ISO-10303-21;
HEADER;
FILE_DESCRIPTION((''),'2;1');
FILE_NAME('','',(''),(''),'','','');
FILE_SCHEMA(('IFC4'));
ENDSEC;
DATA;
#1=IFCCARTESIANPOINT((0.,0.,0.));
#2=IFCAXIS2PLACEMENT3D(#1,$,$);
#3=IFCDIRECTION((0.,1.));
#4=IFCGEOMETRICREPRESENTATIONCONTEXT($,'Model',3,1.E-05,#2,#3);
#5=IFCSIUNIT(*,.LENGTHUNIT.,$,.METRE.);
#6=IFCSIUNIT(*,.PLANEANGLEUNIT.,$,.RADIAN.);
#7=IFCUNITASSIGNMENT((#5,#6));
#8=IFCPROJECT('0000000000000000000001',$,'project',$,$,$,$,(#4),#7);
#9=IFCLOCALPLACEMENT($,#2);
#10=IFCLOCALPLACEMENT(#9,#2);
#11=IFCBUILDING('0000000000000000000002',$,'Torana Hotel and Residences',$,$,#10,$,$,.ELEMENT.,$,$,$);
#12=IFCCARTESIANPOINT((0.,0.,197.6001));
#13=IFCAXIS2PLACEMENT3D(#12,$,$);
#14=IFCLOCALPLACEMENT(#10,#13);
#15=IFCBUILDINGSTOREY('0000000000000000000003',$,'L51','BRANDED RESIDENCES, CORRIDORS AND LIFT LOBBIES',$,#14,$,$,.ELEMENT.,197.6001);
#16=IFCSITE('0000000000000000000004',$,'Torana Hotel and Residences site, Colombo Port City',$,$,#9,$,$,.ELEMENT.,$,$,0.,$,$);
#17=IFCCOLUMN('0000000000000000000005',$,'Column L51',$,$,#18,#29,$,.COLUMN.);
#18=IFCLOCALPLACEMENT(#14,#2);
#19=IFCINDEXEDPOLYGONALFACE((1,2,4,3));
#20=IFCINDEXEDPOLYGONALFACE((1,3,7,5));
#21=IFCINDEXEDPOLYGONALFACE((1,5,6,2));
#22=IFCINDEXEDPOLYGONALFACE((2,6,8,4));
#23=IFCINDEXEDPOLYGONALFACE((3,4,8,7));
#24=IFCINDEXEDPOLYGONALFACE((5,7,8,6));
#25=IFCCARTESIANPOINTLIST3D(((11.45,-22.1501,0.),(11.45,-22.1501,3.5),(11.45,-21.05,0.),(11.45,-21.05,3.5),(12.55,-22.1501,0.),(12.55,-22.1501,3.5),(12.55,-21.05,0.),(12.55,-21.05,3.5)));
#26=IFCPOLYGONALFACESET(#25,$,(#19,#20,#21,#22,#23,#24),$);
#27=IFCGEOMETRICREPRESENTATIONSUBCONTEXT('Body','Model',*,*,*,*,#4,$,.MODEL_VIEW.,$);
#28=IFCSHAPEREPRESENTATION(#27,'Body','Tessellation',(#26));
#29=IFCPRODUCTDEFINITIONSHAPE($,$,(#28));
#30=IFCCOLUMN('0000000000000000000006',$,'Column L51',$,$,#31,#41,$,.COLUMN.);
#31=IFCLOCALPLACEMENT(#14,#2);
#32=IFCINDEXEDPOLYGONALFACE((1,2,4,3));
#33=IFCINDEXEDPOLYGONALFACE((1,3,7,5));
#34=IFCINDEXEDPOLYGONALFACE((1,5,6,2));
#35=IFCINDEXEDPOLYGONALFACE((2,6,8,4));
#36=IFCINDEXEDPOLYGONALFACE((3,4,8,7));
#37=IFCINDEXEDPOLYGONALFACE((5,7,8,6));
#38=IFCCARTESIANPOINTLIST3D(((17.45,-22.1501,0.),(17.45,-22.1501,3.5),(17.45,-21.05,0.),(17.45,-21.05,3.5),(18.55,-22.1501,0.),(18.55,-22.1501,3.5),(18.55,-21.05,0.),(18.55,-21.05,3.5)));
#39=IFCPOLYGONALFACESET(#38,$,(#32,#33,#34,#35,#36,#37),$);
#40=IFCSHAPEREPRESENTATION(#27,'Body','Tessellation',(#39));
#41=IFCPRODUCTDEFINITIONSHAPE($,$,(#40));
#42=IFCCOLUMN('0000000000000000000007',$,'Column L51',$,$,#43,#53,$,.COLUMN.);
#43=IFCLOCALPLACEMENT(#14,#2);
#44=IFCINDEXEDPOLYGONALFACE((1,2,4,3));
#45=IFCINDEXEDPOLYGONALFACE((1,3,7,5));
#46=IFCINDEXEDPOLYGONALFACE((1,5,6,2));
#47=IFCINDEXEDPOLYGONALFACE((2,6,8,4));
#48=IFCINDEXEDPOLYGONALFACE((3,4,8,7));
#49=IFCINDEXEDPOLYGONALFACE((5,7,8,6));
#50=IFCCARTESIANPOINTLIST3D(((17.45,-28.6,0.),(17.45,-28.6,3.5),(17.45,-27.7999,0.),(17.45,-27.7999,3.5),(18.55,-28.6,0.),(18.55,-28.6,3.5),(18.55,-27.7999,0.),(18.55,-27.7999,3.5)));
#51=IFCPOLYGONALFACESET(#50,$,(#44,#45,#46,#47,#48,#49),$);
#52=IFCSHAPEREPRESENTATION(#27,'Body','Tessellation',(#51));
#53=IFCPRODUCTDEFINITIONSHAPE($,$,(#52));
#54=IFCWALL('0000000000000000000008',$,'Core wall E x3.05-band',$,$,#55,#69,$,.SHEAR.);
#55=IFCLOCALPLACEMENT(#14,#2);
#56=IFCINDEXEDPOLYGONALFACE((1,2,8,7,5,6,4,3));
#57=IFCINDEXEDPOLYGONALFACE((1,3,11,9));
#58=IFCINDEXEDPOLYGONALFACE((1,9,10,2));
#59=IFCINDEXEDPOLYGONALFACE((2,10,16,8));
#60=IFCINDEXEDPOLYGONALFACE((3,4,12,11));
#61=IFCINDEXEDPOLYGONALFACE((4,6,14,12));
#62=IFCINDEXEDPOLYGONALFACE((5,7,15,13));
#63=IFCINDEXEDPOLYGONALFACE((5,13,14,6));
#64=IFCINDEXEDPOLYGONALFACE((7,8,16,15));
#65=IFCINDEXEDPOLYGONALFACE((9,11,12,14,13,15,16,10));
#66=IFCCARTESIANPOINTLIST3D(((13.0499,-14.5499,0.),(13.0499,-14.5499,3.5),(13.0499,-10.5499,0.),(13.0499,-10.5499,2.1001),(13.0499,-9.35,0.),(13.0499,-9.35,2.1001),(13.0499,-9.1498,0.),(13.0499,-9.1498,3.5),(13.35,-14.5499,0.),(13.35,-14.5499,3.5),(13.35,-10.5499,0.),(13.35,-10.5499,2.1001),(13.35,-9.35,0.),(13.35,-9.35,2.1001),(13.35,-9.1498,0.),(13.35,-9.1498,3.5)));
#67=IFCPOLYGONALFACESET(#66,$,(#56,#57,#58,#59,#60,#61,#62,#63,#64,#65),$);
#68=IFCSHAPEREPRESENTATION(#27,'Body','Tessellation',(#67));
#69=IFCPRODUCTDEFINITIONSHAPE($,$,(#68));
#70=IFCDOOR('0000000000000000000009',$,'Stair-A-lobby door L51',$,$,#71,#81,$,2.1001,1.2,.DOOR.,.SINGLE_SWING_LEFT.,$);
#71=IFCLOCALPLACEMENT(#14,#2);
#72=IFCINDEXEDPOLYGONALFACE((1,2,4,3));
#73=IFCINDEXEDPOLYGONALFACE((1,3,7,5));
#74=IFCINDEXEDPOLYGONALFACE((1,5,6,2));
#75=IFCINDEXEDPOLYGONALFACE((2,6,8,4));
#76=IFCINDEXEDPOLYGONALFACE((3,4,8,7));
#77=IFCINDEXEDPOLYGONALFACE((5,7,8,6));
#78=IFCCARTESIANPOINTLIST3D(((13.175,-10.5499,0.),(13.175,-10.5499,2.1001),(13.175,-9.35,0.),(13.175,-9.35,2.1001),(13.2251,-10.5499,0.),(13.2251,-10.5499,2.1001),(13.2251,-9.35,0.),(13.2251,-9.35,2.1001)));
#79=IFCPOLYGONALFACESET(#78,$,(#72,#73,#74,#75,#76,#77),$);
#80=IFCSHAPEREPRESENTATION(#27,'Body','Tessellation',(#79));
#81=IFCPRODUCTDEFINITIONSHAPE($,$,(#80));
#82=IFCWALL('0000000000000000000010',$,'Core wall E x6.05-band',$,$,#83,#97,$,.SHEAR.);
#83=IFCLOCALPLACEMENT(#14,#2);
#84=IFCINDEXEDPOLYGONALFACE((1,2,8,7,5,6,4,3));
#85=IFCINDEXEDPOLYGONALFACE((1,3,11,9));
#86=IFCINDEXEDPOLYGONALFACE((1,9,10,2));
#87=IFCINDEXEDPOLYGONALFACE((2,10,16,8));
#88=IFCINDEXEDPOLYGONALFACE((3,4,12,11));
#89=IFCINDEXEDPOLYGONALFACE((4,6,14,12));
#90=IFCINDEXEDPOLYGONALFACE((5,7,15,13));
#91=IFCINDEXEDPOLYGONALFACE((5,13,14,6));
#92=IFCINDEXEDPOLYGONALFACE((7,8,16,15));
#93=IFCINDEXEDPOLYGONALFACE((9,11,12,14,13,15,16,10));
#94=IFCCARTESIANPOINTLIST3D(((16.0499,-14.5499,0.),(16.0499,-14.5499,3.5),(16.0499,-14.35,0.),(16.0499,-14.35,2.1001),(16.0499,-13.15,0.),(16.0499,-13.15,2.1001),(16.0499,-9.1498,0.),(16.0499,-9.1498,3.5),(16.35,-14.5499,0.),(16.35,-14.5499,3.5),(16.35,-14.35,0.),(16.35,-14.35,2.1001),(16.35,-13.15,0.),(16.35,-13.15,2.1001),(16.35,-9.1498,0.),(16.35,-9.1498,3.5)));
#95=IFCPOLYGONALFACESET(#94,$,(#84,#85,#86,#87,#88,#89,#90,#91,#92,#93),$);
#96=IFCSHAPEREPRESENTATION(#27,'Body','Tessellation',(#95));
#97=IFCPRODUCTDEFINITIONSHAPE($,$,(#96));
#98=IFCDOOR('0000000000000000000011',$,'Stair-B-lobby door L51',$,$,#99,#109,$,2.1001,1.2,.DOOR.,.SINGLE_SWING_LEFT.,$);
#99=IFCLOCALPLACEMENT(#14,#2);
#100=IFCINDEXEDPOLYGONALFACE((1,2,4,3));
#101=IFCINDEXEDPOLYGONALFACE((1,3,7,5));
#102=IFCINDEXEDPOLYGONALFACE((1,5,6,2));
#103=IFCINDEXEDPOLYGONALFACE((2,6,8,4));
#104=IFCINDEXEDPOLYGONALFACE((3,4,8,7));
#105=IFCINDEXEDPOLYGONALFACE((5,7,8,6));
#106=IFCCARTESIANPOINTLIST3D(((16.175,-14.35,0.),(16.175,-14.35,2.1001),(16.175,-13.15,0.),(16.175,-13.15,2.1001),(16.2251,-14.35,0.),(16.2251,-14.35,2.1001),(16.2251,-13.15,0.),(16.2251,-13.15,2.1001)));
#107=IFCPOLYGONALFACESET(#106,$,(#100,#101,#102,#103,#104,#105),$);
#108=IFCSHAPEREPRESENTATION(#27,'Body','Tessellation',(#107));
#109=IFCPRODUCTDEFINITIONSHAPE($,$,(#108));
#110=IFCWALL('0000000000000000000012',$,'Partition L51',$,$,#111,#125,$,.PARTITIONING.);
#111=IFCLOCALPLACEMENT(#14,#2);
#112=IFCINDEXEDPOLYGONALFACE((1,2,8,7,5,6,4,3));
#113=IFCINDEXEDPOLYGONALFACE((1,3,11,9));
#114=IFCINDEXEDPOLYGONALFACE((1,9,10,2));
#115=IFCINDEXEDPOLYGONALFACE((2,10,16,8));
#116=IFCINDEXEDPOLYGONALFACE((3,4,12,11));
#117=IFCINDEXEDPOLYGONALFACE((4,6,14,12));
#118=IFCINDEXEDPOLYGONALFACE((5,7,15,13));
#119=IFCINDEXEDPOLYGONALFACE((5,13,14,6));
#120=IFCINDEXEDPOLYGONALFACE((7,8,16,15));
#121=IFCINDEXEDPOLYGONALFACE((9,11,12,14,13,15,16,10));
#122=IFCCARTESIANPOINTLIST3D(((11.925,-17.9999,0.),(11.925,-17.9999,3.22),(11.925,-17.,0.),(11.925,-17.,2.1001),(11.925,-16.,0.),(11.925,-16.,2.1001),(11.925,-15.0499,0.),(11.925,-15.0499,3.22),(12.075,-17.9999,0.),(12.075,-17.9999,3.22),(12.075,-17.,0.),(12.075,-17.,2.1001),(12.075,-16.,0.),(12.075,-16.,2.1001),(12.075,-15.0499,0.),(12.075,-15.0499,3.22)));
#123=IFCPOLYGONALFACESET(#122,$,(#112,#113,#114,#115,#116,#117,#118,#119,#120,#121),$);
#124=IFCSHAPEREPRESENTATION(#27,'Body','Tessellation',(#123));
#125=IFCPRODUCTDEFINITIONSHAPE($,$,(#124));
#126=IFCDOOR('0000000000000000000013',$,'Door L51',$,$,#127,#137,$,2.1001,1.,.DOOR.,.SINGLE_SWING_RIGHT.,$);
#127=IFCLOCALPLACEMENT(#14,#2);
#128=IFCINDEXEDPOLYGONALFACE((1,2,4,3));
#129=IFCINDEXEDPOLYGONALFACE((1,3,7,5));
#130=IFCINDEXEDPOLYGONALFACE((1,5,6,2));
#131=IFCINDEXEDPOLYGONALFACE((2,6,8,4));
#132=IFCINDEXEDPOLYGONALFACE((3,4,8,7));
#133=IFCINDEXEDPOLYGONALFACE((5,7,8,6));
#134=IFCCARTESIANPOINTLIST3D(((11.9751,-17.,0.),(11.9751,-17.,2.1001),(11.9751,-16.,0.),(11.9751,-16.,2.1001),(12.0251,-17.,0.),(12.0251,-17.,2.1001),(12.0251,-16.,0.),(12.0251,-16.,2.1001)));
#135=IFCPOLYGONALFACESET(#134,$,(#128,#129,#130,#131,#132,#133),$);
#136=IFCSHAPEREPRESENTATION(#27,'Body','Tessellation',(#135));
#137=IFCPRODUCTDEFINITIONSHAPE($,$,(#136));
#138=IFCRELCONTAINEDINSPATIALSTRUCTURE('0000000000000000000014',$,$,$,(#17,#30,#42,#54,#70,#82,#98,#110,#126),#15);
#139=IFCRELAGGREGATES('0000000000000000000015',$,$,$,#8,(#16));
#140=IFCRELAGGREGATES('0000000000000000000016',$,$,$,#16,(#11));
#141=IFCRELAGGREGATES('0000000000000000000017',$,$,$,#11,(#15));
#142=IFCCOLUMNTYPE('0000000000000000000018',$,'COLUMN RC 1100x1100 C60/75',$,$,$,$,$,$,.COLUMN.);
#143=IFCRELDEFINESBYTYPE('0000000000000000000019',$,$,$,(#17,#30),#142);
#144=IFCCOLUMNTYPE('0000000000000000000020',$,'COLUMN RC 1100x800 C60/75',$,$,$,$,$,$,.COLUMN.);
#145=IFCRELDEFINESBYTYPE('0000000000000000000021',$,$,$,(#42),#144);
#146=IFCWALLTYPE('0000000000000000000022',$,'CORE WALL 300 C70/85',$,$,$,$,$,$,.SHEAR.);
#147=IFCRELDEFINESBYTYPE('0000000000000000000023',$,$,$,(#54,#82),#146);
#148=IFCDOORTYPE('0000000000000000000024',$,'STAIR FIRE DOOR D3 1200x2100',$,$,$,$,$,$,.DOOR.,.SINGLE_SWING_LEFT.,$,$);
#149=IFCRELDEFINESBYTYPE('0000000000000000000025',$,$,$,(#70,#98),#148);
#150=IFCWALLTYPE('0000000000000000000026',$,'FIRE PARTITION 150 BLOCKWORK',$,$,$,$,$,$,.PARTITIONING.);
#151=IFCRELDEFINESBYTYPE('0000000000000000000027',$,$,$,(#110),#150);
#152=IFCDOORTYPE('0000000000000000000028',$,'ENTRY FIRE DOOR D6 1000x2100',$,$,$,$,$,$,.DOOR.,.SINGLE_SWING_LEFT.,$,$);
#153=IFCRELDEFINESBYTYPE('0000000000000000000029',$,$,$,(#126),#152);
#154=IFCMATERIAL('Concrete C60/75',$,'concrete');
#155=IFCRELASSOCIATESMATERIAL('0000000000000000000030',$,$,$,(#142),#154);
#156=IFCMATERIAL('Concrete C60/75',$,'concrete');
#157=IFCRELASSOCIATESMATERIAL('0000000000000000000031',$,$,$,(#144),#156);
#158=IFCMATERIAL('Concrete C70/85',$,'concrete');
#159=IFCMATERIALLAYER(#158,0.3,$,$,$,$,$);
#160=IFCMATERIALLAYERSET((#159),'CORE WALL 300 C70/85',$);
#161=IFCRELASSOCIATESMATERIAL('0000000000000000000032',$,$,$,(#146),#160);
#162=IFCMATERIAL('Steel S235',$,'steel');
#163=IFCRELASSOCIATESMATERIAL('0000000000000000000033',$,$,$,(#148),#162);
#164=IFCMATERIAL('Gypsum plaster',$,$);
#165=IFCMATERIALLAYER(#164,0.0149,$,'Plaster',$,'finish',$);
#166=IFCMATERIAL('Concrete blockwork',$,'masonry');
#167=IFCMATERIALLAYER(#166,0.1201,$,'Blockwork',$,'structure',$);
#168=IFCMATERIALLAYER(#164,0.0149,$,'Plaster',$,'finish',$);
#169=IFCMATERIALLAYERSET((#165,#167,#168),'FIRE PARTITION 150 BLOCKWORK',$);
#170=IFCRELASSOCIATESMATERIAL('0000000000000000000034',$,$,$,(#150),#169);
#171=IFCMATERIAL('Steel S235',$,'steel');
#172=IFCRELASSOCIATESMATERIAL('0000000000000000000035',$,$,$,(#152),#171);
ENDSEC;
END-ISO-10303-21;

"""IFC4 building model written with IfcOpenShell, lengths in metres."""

from ifc_helpers import new_model, si_unit, direction, frame, frame_2d, origin, origin_2d, place, context, subcontext, project, spatial, rectangle, extrude, material, layer, layer_set, material_profile, profile_set, type_object, element, fill, save


model = new_model("IFC4")

# Units and contexts
model_context = context("Model", 3, precision=1e-05, world=origin(), true_north=direction((0.0, 1.0)))
body_context = subcontext(model_context, "Body", "Model", "MODEL_VIEW")
ifc_project = project(units=[si_unit("LENGTHUNIT", "METRE"), si_unit("PLANEANGLEUNIT", "RADIAN")], contexts=[model_context])

# Site, building, storey
site_placement = place(None, origin())
site = spatial("IfcSite", under=ifc_project, at=site_placement, Name="Torana Hotel and Residences site, Colombo Port City", CompositionType="ELEMENT", RefElevation=0.0)
building_placement = place(site_placement, origin())
building = spatial("IfcBuilding", under=site, at=building_placement, Name="Torana Hotel and Residences", CompositionType="ELEMENT")
storey_placement = place(building_placement, frame((0.0, 0.0, 197.6001)))
storey = spatial("IfcBuildingStorey", under=building, at=storey_placement, Name="L51", Description="BRANDED RESIDENCES, CORRIDORS AND LIFT LOBBIES", CompositionType="ELEMENT", Elevation=197.6001)

# Columns
ifc_material_1 = material(Name="Concrete C60/75", Category="concrete")
ifc_material_profile_1 = material_profile(ifc_material_1, rectangle(XDim=1.1001, YDim=1.1001, at=origin_2d()), Name="RC 1100x1100")
ifc_profile_set_1 = profile_set([ifc_material_profile_1], Name="Concrete C60/75")
column_type_1 = type_object("IfcColumnType", Name="COLUMN RC 1100x1100 C60/75", PredefinedType="COLUMN", material=ifc_profile_set_1)
for number, where, z_axis, x_axis, name in (
    (1, (12.0, -21.6001, 0.0), (0.0, 0.0, 1.0), (1.0, 0.0, 0.0), "Column L51"),
    (2, (18.0, -21.6001, 0.0), (0.0, 0.0, 1.0), (1.0, 0.0, 0.0), "Column L51"),
):
    element("IfcColumn", number, at=place(storey_placement, frame(where, z_axis=z_axis, x_axis=x_axis)), inside=storey, type_object=column_type_1, Name=name, PredefinedType="COLUMN", context=body_context, shape_type="SweptSolid", body=[
        extrude(rectangle(XDim=1.1001, YDim=1.1001, at=origin_2d()), origin(), (0.0, 0.0, 1.0), 3.5),
    ])
ifc_material_2 = material(Name="Concrete C60/75", Category="concrete")
ifc_material_profile_2 = material_profile(ifc_material_2, rectangle(XDim=1.1001, YDim=0.8, at=origin_2d()), Name="RC 1100x800")
ifc_profile_set_2 = profile_set([ifc_material_profile_2], Name="Concrete C60/75")
column_type_2 = type_object("IfcColumnType", Name="COLUMN RC 1100x800 C60/75", PredefinedType="COLUMN", material=ifc_profile_set_2)
column_placement = place(storey_placement, frame((18.0, -28.2, 0.0), z_axis=(0.0, 0.0, 1.0), x_axis=(1.0, 0.0, 0.0)))
element("IfcColumn", 3, at=column_placement, inside=storey, type_object=column_type_2, Name="Column L51", PredefinedType="COLUMN", context=body_context, shape_type="SweptSolid", body=[
    extrude(rectangle(XDim=1.1001, YDim=0.8, at=origin_2d()), origin(), (0.0, 0.0, 1.0), 3.5),
])

# Walls, openings, doors
ifc_material_3 = material(Name="Concrete C70/85", Category="concrete")
ifc_layer_1 = layer(ifc_material_3, 0.3)
ifc_layer_set_1 = layer_set([ifc_layer_1], Name="CORE WALL 300 C70/85")
wall_type_1 = type_object("IfcWallType", Name="CORE WALL 300 C70/85", PredefinedType="SHEAR", material=ifc_layer_set_1)
wall_1_placement = place(storey_placement, frame((13.2, -14.55, 0.0), z_axis=(0.0, 0.0, 1.0), x_axis=(0.0, 1.0, 0.0)))
wall_1 = element("IfcWall", 4, at=wall_1_placement, inside=storey, type_object=wall_type_1, Name="Core wall E x3.05-band", PredefinedType="SHEAR", context=body_context, shape_type="SweptSolid", body=[
    extrude(rectangle(XDim=5.4001, YDim=0.3, at=frame_2d((2.7002, 0.0))), origin(), (0.0, 0.0, 1.0), 3.5),
])
opening_1_placement = place(wall_1_placement, frame((4.0, 0.0, 0.0)))
opening_1 = element("IfcOpeningElement", 5, at=opening_1_placement, cuts=wall_1, PredefinedType="OPENING", context=body_context, shape_type="SweptSolid", body=[
    extrude(rectangle(XDim=1.2, YDim=2.1001, at=frame_2d((0.6001, 1.05))), frame((0.0, 0.1599, 0.0), z_axis=(0.0, -1.0, 0.0), x_axis=(1.0, 0.0, 0.0)), (0.0, 0.0, 1.0), 0.3201),
])
ifc_material_4 = material(Name="Steel S235", Category="steel")
door_type_1 = type_object("IfcDoorType", Name="STAIR FIRE DOOR D3 1200x2100", OperationType="SINGLE_SWING_LEFT", PredefinedType="DOOR", material=ifc_material_4)
door_1_placement = place(opening_1_placement, origin())
door_1 = element("IfcDoor", 6, at=door_1_placement, inside=storey, type_object=door_type_1, Name="Stair-A-lobby door L51", OperationType="SINGLE_SWING_LEFT", OverallHeight=2.1001, OverallWidth=1.2, PredefinedType="DOOR", context=body_context, shape_type="SweptSolid", body=[
    extrude(rectangle(XDim=1.2, YDim=2.1001, at=frame_2d((0.6001, 1.05))), frame((0.0, 0.0249, 0.0), z_axis=(0.0, -1.0, 0.0), x_axis=(1.0, 0.0, 0.0)), (0.0, 0.0, 1.0), 0.05),
])
fill(opening_1, door_1)
wall_2_placement = place(storey_placement, frame((16.2, -14.55, 0.0), z_axis=(0.0, 0.0, 1.0), x_axis=(0.0, 1.0, 0.0)))
wall_2 = element("IfcWall", 7, at=wall_2_placement, inside=storey, type_object=wall_type_1, Name="Core wall E x6.05-band", PredefinedType="SHEAR", context=body_context, shape_type="SweptSolid", body=[
    extrude(rectangle(XDim=5.4001, YDim=0.3, at=frame_2d((2.7002, 0.0))), origin(), (0.0, 0.0, 1.0), 3.5),
])
opening_2_placement = place(wall_2_placement, frame((0.2, 0.0, 0.0)))
opening_2 = element("IfcOpeningElement", 8, at=opening_2_placement, cuts=wall_2, PredefinedType="OPENING", context=body_context, shape_type="SweptSolid", body=[
    extrude(rectangle(XDim=1.2, YDim=2.1001, at=frame_2d((0.6001, 1.05))), frame((0.0, 0.1599, 0.0), z_axis=(0.0, -1.0, 0.0), x_axis=(1.0, 0.0, 0.0)), (0.0, 0.0, 1.0), 0.3201),
])
door_2_placement = place(opening_2_placement, frame((0.6001, 0.0, 0.0), z_axis=(0.0, 0.0, 1.0), x_axis=(-1.0, 0.0, 0.0)))
door_2 = element("IfcDoor", 9, at=door_2_placement, inside=storey, type_object=door_type_1, Name="Stair-B-lobby door L51", OperationType="SINGLE_SWING_LEFT", OverallHeight=2.1001, OverallWidth=1.2, PredefinedType="DOOR", context=body_context, shape_type="SweptSolid", body=[
    extrude(rectangle(XDim=1.2, YDim=2.1001, at=frame_2d((0.0, 1.05))), frame((0.0, -0.0249, 0.0), z_axis=(0.0, 1.0, 0.0), x_axis=(-1.0, 0.0, 0.0)), (0.0, 0.0, 1.0), 0.05),
])
fill(opening_2, door_2)
ifc_material_5 = material(Name="Gypsum plaster")
ifc_layer_2 = layer(ifc_material_5, 0.0149, Name="Plaster", Category="finish")
ifc_material_6 = material(Name="Concrete blockwork", Category="masonry")
ifc_layer_3 = layer(ifc_material_6, 0.1201, Name="Blockwork", Category="structure")
ifc_layer_4 = layer(ifc_material_5, 0.0149, Name="Plaster", Category="finish")
ifc_layer_set_2 = layer_set([ifc_layer_2, ifc_layer_3, ifc_layer_4], Name="FIRE PARTITION 150 BLOCKWORK")
wall_type_2 = type_object("IfcWallType", Name="FIRE PARTITION 150 BLOCKWORK", PredefinedType="PARTITIONING", material=ifc_layer_set_2)
wall_3_placement = place(storey_placement, frame((12.0, -18.0, 0.0), z_axis=(0.0, 0.0, 1.0), x_axis=(0.0, 1.0, 0.0)))
wall_3 = element("IfcWall", 10, at=wall_3_placement, inside=storey, type_object=wall_type_2, Name="Partition L51", PredefinedType="PARTITIONING", context=body_context, shape_type="SweptSolid", body=[
    extrude(rectangle(XDim=2.95, YDim=0.1499, at=frame_2d((1.4751, 0.0))), origin(), (0.0, 0.0, 1.0), 3.22),
])
opening_3_placement = place(wall_3_placement, frame((1.0, 0.0, 0.0)))
opening_3 = element("IfcOpeningElement", 11, at=opening_3_placement, cuts=wall_3, PredefinedType="OPENING", context=body_context, shape_type="SweptSolid", body=[
    extrude(rectangle(XDim=1.0, YDim=2.1001, at=frame_2d((0.5, 1.05))), frame((0.0, 0.085, 0.0), z_axis=(0.0, -1.0, 0.0), x_axis=(1.0, 0.0, 0.0)), (0.0, 0.0, 1.0), 0.1699),
])
ifc_material_7 = material(Name="Steel S235", Category="steel")
door_type_2 = type_object("IfcDoorType", Name="ENTRY FIRE DOOR D6 1000x2100", OperationType="SINGLE_SWING_LEFT", PredefinedType="DOOR", material=ifc_material_7)
door_3_placement = place(opening_3_placement, origin())
door_3 = element("IfcDoor", 12, at=door_3_placement, inside=storey, type_object=door_type_2, Name="Door L51", OperationType="SINGLE_SWING_RIGHT", OverallHeight=2.1001, OverallWidth=1.0, PredefinedType="DOOR", context=body_context, shape_type="SweptSolid", body=[
    extrude(rectangle(XDim=1.0, YDim=2.1001, at=frame_2d((0.5, 1.05))), frame((0.0, 0.0249, 0.0), z_axis=(0.0, -1.0, 0.0), x_axis=(1.0, 0.0, 0.0)), (0.0, 0.0, 1.0), 0.05),
])
fill(opening_3, door_3)

save(model, "model.ifc")
